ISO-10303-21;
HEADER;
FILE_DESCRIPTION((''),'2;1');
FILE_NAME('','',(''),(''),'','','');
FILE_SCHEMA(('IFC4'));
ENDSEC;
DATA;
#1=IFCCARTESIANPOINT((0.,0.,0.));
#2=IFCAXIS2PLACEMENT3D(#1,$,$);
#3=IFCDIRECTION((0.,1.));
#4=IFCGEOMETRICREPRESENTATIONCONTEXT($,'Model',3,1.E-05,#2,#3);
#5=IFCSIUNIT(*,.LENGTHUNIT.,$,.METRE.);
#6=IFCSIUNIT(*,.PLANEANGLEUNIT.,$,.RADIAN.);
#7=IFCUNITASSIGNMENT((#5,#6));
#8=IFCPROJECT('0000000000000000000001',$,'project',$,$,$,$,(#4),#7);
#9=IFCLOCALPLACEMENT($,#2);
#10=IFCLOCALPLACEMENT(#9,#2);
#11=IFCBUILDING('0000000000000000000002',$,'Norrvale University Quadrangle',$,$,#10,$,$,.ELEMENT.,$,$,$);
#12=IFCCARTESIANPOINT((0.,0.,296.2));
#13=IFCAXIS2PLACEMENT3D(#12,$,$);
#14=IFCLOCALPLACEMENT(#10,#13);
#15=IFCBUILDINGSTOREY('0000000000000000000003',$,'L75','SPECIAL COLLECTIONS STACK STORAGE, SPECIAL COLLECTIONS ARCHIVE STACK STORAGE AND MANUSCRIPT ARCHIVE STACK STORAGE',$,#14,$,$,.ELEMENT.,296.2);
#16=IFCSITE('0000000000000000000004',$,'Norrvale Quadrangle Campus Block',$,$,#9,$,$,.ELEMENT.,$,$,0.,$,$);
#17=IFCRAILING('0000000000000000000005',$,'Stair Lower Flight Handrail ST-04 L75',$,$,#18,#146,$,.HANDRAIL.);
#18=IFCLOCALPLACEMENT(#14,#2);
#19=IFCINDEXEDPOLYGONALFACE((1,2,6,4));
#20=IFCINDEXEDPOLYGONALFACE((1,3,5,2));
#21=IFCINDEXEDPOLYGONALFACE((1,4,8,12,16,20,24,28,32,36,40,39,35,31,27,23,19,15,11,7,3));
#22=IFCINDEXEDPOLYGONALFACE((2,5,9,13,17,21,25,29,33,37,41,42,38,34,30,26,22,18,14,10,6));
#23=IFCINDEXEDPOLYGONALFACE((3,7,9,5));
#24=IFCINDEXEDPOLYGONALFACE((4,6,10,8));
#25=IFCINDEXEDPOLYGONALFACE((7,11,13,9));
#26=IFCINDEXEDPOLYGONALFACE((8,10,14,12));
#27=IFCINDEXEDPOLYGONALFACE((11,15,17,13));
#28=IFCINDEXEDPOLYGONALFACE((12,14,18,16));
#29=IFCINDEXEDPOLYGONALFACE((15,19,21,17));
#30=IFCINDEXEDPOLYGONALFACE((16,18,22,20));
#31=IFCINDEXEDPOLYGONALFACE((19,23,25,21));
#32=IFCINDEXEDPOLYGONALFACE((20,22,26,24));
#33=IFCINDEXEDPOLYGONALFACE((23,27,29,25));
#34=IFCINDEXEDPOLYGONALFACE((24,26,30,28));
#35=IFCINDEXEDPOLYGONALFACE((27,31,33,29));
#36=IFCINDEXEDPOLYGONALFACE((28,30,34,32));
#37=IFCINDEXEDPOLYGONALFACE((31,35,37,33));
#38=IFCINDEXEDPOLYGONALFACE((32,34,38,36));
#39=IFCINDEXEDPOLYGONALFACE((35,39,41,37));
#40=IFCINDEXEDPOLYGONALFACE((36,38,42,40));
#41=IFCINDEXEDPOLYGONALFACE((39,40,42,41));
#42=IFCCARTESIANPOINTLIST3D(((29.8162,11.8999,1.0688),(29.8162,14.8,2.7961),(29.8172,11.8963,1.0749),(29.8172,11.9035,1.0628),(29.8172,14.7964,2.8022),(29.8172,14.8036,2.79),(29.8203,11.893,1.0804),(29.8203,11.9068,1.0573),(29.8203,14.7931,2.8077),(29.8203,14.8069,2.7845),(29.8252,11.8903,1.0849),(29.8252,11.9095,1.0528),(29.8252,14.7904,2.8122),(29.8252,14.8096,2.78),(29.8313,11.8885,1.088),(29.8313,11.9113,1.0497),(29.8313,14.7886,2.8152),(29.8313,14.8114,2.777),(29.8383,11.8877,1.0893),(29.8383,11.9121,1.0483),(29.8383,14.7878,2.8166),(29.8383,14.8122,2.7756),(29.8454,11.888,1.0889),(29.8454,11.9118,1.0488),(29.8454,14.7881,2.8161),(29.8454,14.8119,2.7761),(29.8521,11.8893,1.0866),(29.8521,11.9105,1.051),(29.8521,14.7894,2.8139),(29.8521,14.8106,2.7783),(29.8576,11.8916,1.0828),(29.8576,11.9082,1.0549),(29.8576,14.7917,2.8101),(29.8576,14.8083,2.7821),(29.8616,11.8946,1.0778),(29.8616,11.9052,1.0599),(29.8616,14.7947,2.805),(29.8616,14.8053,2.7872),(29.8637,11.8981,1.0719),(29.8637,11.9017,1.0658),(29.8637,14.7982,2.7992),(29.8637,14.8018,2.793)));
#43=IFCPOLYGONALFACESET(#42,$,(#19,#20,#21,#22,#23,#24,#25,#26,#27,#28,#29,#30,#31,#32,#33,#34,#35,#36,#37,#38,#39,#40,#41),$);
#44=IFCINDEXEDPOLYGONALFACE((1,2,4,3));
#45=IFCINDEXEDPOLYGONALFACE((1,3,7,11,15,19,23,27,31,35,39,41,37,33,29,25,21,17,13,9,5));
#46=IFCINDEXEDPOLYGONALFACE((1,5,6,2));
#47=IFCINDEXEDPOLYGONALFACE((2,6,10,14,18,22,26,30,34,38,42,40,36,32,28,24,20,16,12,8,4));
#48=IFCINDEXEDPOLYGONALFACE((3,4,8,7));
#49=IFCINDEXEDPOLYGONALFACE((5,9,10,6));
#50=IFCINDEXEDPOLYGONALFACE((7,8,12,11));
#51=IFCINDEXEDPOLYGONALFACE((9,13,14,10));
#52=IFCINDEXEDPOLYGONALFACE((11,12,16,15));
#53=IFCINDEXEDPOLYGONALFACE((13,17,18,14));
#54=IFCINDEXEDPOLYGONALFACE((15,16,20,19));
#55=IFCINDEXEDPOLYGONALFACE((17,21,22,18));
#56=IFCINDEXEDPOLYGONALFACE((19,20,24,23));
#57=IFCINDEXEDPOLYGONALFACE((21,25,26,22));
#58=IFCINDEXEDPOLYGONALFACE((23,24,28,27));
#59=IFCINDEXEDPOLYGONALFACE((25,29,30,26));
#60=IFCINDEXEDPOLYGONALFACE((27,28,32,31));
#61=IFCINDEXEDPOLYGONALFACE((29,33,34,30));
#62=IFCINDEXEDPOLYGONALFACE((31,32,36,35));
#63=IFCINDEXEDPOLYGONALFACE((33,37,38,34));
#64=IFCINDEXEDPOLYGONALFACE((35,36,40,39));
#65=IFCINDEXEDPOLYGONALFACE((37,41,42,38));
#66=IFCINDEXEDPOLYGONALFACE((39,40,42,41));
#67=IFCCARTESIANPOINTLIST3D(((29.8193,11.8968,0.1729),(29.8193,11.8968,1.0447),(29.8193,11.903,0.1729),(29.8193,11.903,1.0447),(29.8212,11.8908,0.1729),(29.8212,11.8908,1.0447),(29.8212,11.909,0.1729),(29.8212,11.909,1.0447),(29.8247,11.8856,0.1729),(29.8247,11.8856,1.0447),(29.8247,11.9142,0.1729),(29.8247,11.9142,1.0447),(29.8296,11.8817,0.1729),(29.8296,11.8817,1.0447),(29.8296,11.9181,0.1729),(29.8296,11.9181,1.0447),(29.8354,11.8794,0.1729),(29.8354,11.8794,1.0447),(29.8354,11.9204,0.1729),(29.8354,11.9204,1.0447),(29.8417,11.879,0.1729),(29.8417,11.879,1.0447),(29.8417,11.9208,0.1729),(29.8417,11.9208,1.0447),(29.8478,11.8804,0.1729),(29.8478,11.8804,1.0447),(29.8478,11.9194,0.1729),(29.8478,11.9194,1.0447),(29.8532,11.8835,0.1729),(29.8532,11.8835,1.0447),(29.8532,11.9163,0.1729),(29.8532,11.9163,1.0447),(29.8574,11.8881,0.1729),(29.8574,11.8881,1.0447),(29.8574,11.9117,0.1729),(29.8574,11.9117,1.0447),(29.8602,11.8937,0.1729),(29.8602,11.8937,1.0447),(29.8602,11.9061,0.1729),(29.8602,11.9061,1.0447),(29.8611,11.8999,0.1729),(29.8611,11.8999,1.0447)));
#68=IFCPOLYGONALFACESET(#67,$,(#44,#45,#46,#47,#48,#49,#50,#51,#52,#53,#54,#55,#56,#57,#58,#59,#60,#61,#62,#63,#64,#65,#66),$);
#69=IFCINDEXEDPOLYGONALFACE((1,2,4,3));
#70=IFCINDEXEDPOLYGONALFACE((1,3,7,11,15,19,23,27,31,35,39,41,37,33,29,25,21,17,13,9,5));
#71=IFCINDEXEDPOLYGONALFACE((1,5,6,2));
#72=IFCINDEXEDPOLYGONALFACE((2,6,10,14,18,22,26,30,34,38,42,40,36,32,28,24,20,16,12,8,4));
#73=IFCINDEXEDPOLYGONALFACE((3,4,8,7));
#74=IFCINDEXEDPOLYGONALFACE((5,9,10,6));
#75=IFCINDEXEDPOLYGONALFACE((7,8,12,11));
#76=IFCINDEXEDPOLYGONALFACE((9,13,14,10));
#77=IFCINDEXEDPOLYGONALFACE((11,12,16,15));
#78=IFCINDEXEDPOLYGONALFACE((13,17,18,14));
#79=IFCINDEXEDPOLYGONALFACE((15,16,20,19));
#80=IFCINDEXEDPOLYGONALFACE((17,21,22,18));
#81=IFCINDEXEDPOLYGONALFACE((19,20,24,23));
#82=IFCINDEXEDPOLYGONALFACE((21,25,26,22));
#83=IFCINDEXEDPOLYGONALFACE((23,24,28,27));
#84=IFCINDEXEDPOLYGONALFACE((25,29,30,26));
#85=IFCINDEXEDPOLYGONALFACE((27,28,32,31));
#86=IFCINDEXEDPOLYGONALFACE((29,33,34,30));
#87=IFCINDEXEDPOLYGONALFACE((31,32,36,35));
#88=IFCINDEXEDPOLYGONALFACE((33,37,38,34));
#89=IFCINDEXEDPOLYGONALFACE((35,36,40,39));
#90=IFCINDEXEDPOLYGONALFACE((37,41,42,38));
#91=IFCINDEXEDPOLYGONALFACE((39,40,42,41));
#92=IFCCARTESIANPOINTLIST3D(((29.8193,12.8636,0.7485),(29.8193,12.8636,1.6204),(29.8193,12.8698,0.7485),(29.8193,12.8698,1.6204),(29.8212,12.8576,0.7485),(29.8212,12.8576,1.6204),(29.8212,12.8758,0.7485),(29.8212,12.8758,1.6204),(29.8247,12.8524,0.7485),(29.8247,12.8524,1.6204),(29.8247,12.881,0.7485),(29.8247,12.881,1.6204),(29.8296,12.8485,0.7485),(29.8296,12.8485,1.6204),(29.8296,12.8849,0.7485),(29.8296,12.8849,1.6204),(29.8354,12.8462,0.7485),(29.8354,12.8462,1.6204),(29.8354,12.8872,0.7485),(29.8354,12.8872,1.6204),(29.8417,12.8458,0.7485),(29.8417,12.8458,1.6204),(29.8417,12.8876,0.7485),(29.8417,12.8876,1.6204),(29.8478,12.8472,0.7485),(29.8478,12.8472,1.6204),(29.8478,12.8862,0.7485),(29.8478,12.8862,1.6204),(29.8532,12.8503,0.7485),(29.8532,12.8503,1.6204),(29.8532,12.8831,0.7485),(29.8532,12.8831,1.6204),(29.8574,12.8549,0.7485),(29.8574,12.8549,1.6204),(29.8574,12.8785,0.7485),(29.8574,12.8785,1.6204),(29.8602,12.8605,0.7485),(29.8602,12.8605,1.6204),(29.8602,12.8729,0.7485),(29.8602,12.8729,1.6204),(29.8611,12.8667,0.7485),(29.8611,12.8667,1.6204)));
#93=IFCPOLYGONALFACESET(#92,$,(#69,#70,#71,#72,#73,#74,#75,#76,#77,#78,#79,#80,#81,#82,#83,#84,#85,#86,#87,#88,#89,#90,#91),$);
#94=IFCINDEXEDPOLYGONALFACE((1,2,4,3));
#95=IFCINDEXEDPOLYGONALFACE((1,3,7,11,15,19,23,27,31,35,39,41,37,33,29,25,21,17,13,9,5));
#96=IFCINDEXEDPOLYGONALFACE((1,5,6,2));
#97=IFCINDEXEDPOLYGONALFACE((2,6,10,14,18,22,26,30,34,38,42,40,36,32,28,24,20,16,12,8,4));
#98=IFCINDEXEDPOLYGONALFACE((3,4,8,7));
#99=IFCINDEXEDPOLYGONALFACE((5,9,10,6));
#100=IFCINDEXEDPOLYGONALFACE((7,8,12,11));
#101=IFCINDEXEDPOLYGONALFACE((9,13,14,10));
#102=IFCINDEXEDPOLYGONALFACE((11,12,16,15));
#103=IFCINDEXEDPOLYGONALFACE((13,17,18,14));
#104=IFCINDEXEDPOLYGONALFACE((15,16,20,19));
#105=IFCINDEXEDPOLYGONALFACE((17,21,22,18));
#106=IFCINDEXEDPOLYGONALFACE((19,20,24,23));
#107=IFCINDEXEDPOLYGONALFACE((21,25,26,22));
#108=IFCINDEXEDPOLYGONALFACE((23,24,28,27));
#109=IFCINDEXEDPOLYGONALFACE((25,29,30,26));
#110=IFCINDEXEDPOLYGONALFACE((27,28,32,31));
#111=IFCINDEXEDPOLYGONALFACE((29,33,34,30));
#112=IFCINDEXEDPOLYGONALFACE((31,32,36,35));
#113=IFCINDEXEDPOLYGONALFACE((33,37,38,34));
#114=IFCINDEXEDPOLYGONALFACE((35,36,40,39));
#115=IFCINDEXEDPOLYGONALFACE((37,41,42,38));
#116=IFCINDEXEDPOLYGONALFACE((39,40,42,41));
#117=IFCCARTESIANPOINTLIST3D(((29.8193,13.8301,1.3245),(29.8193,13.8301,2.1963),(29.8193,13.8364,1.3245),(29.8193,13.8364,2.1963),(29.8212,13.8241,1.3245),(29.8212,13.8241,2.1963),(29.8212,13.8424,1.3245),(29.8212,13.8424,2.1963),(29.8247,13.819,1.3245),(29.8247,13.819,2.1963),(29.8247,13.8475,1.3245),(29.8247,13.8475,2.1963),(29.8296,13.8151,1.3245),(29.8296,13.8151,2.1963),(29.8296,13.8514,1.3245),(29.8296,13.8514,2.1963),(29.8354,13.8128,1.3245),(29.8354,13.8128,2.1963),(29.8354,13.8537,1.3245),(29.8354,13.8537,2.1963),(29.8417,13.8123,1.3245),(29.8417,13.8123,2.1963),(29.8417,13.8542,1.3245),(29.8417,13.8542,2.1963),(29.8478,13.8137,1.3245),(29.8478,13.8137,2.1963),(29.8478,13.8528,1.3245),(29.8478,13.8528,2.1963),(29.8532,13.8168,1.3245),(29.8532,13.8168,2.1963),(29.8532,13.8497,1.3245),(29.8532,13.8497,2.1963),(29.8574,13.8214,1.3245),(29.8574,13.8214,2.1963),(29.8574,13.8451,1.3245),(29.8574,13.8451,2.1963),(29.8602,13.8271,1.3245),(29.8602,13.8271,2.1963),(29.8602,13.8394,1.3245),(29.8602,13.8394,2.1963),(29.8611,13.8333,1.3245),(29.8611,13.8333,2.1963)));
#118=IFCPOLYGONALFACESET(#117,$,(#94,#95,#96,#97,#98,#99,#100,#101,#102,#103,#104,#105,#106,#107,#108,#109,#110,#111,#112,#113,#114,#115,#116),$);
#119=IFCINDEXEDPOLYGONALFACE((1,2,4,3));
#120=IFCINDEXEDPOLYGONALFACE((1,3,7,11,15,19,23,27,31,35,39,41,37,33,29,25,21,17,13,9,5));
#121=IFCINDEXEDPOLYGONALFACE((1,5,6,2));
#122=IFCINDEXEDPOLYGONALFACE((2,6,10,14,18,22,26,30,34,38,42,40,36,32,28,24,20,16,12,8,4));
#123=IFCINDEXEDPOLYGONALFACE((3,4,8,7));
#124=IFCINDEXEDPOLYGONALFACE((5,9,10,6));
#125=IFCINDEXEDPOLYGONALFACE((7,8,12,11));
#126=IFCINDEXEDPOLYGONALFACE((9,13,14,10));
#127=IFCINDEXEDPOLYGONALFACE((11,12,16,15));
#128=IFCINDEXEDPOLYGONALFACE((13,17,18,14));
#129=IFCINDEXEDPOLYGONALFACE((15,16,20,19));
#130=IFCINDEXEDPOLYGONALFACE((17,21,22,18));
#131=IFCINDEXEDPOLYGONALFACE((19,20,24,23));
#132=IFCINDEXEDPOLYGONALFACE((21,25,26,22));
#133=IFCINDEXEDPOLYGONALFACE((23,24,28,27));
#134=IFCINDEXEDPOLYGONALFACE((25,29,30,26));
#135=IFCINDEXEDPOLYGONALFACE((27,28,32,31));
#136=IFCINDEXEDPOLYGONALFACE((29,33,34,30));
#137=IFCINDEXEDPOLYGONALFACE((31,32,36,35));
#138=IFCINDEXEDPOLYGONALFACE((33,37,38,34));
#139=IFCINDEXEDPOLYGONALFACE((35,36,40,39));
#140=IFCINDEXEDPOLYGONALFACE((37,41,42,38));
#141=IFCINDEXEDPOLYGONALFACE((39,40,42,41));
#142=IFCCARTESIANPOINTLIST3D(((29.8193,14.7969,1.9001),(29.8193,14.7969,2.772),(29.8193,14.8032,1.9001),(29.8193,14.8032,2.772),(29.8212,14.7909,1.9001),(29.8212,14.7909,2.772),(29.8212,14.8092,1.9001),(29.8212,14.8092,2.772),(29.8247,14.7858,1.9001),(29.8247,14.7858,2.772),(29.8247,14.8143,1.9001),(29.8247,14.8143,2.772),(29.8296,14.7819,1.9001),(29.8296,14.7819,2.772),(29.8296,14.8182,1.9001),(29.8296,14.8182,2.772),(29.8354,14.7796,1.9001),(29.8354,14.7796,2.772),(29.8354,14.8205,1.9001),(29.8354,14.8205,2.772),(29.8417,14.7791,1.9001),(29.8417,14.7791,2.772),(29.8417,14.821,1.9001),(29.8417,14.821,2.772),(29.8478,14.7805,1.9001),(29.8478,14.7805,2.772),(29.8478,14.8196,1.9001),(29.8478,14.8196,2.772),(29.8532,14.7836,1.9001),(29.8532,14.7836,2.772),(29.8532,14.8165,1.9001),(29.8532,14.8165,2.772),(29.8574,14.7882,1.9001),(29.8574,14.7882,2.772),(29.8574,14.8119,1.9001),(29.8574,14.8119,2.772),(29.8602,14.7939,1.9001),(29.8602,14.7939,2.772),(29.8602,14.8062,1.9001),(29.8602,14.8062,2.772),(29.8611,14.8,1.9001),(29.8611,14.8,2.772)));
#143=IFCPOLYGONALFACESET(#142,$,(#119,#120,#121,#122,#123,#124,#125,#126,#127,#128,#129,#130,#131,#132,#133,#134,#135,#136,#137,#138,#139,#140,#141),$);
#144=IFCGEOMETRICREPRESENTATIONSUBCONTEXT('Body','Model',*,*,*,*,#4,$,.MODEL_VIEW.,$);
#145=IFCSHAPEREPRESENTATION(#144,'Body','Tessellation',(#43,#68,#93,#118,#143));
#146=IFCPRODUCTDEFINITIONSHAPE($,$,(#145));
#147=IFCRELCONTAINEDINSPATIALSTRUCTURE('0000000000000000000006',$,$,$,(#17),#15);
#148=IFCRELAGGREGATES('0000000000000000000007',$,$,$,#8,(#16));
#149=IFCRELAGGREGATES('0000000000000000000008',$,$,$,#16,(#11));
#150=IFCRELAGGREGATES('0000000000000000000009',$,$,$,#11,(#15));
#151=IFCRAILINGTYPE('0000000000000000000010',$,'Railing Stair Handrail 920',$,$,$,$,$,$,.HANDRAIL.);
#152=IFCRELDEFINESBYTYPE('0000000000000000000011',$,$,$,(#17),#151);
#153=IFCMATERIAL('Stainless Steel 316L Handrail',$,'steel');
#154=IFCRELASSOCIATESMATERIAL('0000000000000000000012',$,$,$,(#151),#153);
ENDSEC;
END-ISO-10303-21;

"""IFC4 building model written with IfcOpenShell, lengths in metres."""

from ifc_helpers import new_model, si_unit, direction, frame, origin, origin_2d, place, context, subcontext, project, spatial, circle, extrude, material, type_object, element, save


model = new_model("IFC4")

# Units and contexts
model_context = context("Model", 3, precision=1e-05, world=origin(), true_north=direction((0.0, 1.0)))
body_context = subcontext(model_context, "Body", "Model", "MODEL_VIEW")
ifc_project = project(units=[si_unit("LENGTHUNIT", "METRE"), si_unit("PLANEANGLEUNIT", "RADIAN")], contexts=[model_context])

# Site, building, storey
site_placement = place(None, origin())
site = spatial("IfcSite", under=ifc_project, at=site_placement, Name="Norrvale Quadrangle Campus Block", CompositionType="ELEMENT", RefElevation=0.0)
building_placement = place(site_placement, origin())
building = spatial("IfcBuilding", under=site, at=building_placement, Name="Norrvale University Quadrangle", CompositionType="ELEMENT")
storey_placement = place(building_placement, frame((0.0, 0.0, 296.2)))
storey = spatial("IfcBuildingStorey", under=building, at=storey_placement, Name="L75", Description="SPECIAL COLLECTIONS STACK STORAGE, SPECIAL COLLECTIONS ARCHIVE STACK STORAGE AND MANUSCRIPT ARCHIVE STACK STORAGE", CompositionType="ELEMENT", Elevation=296.2)

# Railing
ifc_material_1 = material(Name="Stainless Steel 316L Handrail", Category="steel")
railing_type_1 = type_object("IfcRailingType", Name="Railing Stair Handrail 920", PredefinedType="HANDRAIL", material=ifc_material_1)
railing_1_placement = place(storey_placement, frame((29.8401, 11.8999, 0.1729)))
element("IfcRailing", 1, at=railing_1_placement, inside=storey, type_object=railing_type_1, Name="Stair Lower Flight Handrail ST-04 L75", PredefinedType="HANDRAIL", context=body_context, shape_type="SweptSolid", body=[
    extrude(circle(Radius=0.0239, at=origin_2d()), frame((0.0, 0.0, 0.896), z_axis=(0.0, 0.85916, 0.511706), x_axis=(-1.0, 0.0, 0.0)), (0.0, 0.0, 1.0), 3.3755),
    extrude(circle(Radius=0.021, at=origin_2d()), origin(), (0.0, 0.0, 1.0), 0.8718),
    extrude(circle(Radius=0.021, at=origin_2d()), frame((0.0, 0.9668, 0.5757)), (0.0, 0.0, 1.0), 0.8718),
    extrude(circle(Radius=0.021, at=origin_2d()), frame((0.0, 1.9333, 1.1516)), (0.0, 0.0, 1.0), 0.8718),
    extrude(circle(Radius=0.021, at=origin_2d()), frame((0.0, 2.9001, 1.7273)), (0.0, 0.0, 1.0), 0.8718),
])

save(model, "model.ifc")
